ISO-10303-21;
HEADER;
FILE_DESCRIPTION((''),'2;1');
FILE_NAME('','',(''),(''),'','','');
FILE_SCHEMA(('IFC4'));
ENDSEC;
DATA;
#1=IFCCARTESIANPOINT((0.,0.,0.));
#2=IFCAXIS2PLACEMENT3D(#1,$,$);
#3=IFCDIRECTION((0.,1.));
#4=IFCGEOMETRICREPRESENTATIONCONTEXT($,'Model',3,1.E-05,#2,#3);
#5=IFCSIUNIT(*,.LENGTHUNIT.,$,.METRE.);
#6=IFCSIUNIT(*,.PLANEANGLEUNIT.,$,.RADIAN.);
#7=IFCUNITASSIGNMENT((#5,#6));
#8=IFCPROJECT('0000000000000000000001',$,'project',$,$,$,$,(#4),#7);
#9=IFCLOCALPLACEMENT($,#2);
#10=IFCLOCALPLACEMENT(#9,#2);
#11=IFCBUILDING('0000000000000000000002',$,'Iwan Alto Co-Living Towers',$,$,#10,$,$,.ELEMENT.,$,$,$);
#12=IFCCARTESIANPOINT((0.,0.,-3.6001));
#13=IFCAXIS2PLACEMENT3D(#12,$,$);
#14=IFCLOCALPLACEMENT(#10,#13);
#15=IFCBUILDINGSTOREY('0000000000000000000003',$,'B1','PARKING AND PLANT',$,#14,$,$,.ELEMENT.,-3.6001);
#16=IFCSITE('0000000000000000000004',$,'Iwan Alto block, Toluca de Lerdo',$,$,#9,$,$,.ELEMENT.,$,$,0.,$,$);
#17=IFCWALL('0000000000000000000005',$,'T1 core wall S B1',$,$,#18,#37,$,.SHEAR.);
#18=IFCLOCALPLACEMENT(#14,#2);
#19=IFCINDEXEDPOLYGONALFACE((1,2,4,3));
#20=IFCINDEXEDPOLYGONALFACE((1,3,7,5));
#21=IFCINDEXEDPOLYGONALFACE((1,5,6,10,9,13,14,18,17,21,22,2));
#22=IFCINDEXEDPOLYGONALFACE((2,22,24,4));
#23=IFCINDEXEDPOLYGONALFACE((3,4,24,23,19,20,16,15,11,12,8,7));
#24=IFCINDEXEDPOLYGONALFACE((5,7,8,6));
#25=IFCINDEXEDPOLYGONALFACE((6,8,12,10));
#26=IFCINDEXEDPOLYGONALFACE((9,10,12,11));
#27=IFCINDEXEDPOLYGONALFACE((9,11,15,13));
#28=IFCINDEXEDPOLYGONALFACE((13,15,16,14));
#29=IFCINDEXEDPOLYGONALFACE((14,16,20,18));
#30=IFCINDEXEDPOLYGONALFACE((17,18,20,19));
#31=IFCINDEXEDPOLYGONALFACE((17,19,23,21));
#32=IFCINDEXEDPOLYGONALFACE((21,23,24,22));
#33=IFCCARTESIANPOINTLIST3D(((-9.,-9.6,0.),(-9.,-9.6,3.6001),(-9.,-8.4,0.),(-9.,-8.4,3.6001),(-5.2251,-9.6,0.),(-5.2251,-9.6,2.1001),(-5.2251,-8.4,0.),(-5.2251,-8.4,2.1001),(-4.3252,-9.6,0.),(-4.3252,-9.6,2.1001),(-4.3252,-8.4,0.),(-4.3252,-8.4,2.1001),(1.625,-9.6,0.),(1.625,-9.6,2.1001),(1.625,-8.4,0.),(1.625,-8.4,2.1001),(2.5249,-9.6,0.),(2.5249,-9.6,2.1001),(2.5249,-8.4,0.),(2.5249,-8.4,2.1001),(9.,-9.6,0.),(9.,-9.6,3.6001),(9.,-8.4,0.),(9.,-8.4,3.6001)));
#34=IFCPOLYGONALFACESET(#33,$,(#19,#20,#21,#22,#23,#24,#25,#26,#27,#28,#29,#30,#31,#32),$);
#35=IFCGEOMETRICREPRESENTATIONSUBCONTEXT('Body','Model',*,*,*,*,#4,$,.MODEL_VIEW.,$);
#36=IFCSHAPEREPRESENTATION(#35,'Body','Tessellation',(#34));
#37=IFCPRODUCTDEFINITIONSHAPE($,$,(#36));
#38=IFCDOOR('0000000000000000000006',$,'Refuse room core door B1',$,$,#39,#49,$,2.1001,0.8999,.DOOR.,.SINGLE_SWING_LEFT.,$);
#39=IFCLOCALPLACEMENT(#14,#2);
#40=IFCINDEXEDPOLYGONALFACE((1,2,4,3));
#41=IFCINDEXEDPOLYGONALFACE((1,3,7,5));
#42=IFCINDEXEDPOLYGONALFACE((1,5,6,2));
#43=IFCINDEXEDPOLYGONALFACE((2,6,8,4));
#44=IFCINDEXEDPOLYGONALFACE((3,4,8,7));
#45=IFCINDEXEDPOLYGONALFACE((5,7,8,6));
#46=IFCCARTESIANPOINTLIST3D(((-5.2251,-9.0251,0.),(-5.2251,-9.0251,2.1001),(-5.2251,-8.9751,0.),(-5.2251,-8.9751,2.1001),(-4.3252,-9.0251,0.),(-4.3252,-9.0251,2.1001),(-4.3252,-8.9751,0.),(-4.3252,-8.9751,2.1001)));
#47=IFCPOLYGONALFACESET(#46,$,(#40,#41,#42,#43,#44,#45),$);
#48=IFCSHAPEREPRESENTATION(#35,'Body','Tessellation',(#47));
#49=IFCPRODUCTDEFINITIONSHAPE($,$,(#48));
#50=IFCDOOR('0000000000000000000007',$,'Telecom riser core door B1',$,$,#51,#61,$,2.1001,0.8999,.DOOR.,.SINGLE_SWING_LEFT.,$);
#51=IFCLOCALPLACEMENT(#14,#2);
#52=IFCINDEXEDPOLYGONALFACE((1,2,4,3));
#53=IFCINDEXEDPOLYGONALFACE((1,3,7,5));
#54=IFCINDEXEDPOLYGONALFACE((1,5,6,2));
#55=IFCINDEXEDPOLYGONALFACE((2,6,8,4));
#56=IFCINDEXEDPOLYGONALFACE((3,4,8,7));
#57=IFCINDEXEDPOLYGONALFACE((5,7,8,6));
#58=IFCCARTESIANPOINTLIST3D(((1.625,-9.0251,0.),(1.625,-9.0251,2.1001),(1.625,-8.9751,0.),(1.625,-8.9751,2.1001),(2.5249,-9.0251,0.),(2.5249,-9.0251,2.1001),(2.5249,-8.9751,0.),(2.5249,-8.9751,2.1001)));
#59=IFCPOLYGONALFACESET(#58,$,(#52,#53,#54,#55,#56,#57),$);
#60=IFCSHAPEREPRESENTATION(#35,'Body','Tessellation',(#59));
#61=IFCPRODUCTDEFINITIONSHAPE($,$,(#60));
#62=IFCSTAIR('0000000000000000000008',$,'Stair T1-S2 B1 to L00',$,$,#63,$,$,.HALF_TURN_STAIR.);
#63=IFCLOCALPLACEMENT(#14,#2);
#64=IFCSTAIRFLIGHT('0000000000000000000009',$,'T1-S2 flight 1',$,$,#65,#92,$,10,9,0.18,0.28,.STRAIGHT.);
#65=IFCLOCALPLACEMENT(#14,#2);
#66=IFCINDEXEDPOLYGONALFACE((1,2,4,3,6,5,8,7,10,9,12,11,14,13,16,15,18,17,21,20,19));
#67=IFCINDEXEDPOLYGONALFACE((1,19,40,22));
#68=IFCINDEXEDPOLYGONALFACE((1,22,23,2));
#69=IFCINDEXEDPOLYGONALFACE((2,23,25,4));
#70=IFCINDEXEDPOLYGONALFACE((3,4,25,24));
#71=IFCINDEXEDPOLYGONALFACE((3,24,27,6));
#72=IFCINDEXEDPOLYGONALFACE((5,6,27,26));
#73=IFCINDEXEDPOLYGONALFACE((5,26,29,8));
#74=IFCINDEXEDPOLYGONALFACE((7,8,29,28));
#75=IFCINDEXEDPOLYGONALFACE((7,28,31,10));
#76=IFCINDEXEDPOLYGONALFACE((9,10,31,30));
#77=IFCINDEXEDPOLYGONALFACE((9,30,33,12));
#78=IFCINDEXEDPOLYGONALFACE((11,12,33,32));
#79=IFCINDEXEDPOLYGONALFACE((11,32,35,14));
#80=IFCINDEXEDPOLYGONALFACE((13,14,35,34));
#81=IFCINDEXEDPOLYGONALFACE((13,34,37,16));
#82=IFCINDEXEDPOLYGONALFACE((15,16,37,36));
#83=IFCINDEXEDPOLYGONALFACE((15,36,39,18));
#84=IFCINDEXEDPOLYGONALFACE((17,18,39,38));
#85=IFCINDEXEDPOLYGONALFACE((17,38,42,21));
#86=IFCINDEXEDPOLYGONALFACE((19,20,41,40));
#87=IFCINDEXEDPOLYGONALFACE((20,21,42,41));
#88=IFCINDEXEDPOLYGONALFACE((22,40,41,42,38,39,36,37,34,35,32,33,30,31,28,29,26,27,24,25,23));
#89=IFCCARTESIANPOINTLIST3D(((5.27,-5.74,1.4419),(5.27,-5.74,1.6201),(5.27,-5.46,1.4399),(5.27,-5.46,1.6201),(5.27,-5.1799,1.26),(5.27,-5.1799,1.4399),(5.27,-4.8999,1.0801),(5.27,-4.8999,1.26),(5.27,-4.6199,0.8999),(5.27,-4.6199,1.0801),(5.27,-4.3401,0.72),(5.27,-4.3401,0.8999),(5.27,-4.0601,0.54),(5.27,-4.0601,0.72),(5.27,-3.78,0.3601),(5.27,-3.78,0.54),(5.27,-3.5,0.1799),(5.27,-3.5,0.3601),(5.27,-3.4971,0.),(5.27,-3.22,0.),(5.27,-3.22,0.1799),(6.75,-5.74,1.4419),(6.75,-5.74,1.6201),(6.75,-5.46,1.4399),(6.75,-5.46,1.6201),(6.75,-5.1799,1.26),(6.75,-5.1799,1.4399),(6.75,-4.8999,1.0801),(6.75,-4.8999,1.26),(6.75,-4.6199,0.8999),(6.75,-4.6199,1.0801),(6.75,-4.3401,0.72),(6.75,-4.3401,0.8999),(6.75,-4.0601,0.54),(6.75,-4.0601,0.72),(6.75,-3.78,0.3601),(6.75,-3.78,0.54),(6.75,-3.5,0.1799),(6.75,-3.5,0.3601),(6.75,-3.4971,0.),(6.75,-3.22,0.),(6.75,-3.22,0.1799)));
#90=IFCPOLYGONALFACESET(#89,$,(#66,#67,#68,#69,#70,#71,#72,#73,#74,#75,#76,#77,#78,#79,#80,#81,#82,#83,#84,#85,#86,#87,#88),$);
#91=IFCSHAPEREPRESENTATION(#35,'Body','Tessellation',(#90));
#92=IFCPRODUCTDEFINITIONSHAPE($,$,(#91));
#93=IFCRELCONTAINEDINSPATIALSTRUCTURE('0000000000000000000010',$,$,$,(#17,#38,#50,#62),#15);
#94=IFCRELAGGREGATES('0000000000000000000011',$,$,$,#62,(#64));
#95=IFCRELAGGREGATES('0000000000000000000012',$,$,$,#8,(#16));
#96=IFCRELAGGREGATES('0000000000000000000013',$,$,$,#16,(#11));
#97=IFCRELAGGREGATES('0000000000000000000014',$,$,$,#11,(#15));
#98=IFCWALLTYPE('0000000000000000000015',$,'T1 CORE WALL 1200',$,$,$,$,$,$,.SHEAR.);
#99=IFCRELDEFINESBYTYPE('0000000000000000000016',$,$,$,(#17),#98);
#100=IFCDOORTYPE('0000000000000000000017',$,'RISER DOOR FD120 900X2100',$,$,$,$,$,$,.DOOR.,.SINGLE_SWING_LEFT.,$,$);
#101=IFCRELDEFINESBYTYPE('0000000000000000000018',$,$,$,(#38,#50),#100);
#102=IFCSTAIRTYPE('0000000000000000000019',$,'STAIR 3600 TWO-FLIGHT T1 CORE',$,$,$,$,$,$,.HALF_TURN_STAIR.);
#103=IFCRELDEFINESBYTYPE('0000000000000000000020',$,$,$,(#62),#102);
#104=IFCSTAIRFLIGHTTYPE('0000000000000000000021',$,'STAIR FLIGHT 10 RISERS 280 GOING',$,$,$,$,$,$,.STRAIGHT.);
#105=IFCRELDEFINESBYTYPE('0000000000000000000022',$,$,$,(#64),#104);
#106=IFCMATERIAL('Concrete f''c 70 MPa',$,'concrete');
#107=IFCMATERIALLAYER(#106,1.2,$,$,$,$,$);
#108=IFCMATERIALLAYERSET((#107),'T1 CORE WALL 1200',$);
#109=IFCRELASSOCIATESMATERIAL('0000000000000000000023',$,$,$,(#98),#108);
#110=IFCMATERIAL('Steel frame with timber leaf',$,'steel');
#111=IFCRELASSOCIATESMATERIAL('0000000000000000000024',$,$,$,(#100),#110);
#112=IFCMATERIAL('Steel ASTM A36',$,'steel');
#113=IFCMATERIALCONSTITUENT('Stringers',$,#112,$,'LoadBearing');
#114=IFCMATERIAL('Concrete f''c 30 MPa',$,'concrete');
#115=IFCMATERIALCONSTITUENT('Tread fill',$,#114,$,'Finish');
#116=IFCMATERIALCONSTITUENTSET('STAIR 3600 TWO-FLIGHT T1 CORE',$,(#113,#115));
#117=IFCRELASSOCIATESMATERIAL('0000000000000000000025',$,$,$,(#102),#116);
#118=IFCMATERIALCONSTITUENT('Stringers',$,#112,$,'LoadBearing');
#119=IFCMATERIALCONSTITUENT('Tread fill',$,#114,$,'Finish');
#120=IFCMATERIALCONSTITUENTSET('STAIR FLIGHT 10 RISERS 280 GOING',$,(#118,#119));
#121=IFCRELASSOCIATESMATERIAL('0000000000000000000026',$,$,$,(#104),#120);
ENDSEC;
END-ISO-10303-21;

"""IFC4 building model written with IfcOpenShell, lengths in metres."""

from ifc_helpers import new_model, si_unit, direction, frame, frame_2d, origin, place, context, subcontext, project, spatial, polyline, rectangle, outline, extrude, material, layer, layer_set, constituent, constituent_set, type_object, element, fill, aggregate, save


model = new_model("IFC4")

# Units and contexts
model_context = context("Model", 3, precision=1e-05, world=origin(), true_north=direction((0.0, 1.0)))
body_context = subcontext(model_context, "Body", "Model", "MODEL_VIEW")
ifc_project = project(units=[si_unit("LENGTHUNIT", "METRE"), si_unit("PLANEANGLEUNIT", "RADIAN")], contexts=[model_context])

# Site, building, storey
site_placement = place(None, origin())
site = spatial("IfcSite", under=ifc_project, at=site_placement, Name="Iwan Alto block, Toluca de Lerdo", CompositionType="ELEMENT", RefElevation=0.0)
building_placement = place(site_placement, origin())
building = spatial("IfcBuilding", under=site, at=building_placement, Name="Iwan Alto Co-Living Towers", CompositionType="ELEMENT")
storey_placement = place(building_placement, frame((0.0, 0.0, -3.6001)))
storey = spatial("IfcBuildingStorey", under=building, at=storey_placement, Name="B1", Description="PARKING AND PLANT", CompositionType="ELEMENT", Elevation=-3.6001)

# Wall, openings, doors
ifc_material_1 = material(Name="Concrete f'c 70 MPa", Category="concrete")
ifc_layer_1 = layer(ifc_material_1, 1.2)
ifc_layer_set_1 = layer_set([ifc_layer_1], Name="T1 CORE WALL 1200")
wall_type_1 = type_object("IfcWallType", Name="T1 CORE WALL 1200", PredefinedType="SHEAR", material=ifc_layer_set_1)
wall_1_placement = place(storey_placement, frame((-9.0, -9.0, 0.0), z_axis=(0.0, 0.0, 1.0), x_axis=(1.0, 0.0, 0.0)))
wall_1 = element("IfcWall", 1, at=wall_1_placement, inside=storey, type_object=wall_type_1, Name="T1 core wall S B1", PredefinedType="SHEAR", context=body_context, shape_type="SweptSolid", body=[
    extrude(rectangle(XDim=18.0, YDim=1.2, at=frame_2d((9.0, 0.0))), origin(), (0.0, 0.0, 1.0), 3.6001),
])
opening_1_placement = place(wall_1_placement, frame((3.7749, 0.0, 0.0)))
opening_1 = element("IfcOpeningElement", 2, at=opening_1_placement, cuts=wall_1, PredefinedType="OPENING", context=body_context, shape_type="SweptSolid", body=[
    extrude(rectangle(XDim=0.8999, YDim=2.1001, at=frame_2d((0.45, 1.05))), frame((0.0, 0.6099, 0.0), z_axis=(0.0, -1.0, 0.0), x_axis=(1.0, 0.0, 0.0)), (0.0, 0.0, 1.0), 1.22),
])
opening_2_placement = place(wall_1_placement, frame((10.625, 0.0, 0.0)))
opening_2 = element("IfcOpeningElement", 3, at=opening_2_placement, cuts=wall_1, PredefinedType="OPENING", context=body_context, shape_type="SweptSolid", body=[
    extrude(rectangle(XDim=0.8999, YDim=2.1001, at=frame_2d((0.45, 1.05))), frame((0.0, 0.6099, 0.0), z_axis=(0.0, -1.0, 0.0), x_axis=(1.0, 0.0, 0.0)), (0.0, 0.0, 1.0), 1.22),
])
ifc_material_2 = material(Name="Steel frame with timber leaf", Category="steel")
door_type_1 = type_object("IfcDoorType", Name="RISER DOOR FD120 900X2100", OperationType="SINGLE_SWING_LEFT", PredefinedType="DOOR", material=ifc_material_2)
door_1_placement = place(opening_1_placement, origin())
door_1 = element("IfcDoor", 4, at=door_1_placement, inside=storey, type_object=door_type_1, Name="Refuse room core door B1", OperationType="SINGLE_SWING_LEFT", OverallHeight=2.1001, OverallWidth=0.8999, PredefinedType="DOOR", context=body_context, shape_type="SweptSolid", body=[
    extrude(rectangle(XDim=0.8999, YDim=2.1001, at=frame_2d((0.45, 1.05))), frame((0.0, 0.0249, 0.0), z_axis=(0.0, -1.0, 0.0), x_axis=(1.0, 0.0, 0.0)), (0.0, 0.0, 1.0), 0.05),
])
fill(opening_1, door_1)
door_2_placement = place(opening_2_placement, origin())
door_2 = element("IfcDoor", 5, at=door_2_placement, inside=storey, type_object=door_type_1, Name="Telecom riser core door B1", OperationType="SINGLE_SWING_LEFT", OverallHeight=2.1001, OverallWidth=0.8999, PredefinedType="DOOR", context=body_context, shape_type="SweptSolid", body=[
    extrude(rectangle(XDim=0.8999, YDim=2.1001, at=frame_2d((0.45, 1.05))), frame((0.0, 0.0249, 0.0), z_axis=(0.0, -1.0, 0.0), x_axis=(1.0, 0.0, 0.0)), (0.0, 0.0, 1.0), 0.05),
])
fill(opening_2, door_2)

# Stair, stair flight
ifc_material_3 = material(Name="Steel ASTM A36", Category="steel")
ifc_constituent_1 = constituent(ifc_material_3, Name="Stringers", Category="LoadBearing")
ifc_material_4 = material(Name="Concrete f'c 30 MPa", Category="concrete")
ifc_constituent_2 = constituent(ifc_material_4, Name="Tread fill", Category="Finish")
ifc_constituent_set_1 = constituent_set(constituents=[ifc_constituent_1, ifc_constituent_2], Name="STAIR 3600 TWO-FLIGHT T1 CORE")
stair_type = type_object("IfcStairType", Name="STAIR 3600 TWO-FLIGHT T1 CORE", PredefinedType="HALF_TURN_STAIR", material=ifc_constituent_set_1)
stair_placement = place(storey_placement, origin())
stair = element("IfcStair", 6, at=stair_placement, inside=storey, type_object=stair_type, Name="Stair T1-S2 B1 to L00", PredefinedType="HALF_TURN_STAIR")
ifc_constituent_3 = constituent(ifc_material_3, Name="Stringers", Category="LoadBearing")
ifc_constituent_4 = constituent(ifc_material_4, Name="Tread fill", Category="Finish")
ifc_constituent_set_2 = constituent_set(constituents=[ifc_constituent_3, ifc_constituent_4], Name="STAIR FLIGHT 10 RISERS 280 GOING")
stair_flight_type = type_object("IfcStairFlightType", Name="STAIR FLIGHT 10 RISERS 280 GOING", PredefinedType="STRAIGHT", material=ifc_constituent_set_2)
stair_flight_placement = place(storey_placement, frame((6.01, -3.22, 0.0), z_axis=(0.0, 0.0, 1.0), x_axis=(0.0, -1.0, 0.0)))
stair_flight = element("IfcStairFlight", 7, at=stair_flight_placement, type_object=stair_flight_type, Name="T1-S2 flight 1", NumberOfRisers=10, NumberOfTreads=9, PredefinedType="STRAIGHT", RiserHeight=0.18, TreadLength=0.28, context=body_context, shape_type="SweptSolid", body=[
    extrude(outline(polyline([(0.0, 0.0), (0.0, 0.1799), (0.28, 0.1799), (0.28, 0.3601), (0.5601, 0.3601), (0.5601, 0.54), (0.8401, 0.54), (0.8401, 0.72), (1.1201, 0.72), (1.1201, 0.8999), (1.3999, 0.8999), (1.3999, 1.0801), (1.6799, 1.0801), (1.6799, 1.26), (1.96, 1.26), (1.96, 1.4399), (2.24, 1.4399), (2.24, 1.6201), (2.52, 1.6201), (2.52, 1.8), (2.52, 1.4419), (0.2771, 0.0), (0.0, 0.0)])), frame((0.0, 0.74, 0.0), z_axis=(0.0, -1.0, 0.0), x_axis=(1.0, 0.0, 0.0)), (0.0, 0.0, 1.0), 1.48),
])
aggregate(stair, [stair_flight])

save(model, "model.ifc")
